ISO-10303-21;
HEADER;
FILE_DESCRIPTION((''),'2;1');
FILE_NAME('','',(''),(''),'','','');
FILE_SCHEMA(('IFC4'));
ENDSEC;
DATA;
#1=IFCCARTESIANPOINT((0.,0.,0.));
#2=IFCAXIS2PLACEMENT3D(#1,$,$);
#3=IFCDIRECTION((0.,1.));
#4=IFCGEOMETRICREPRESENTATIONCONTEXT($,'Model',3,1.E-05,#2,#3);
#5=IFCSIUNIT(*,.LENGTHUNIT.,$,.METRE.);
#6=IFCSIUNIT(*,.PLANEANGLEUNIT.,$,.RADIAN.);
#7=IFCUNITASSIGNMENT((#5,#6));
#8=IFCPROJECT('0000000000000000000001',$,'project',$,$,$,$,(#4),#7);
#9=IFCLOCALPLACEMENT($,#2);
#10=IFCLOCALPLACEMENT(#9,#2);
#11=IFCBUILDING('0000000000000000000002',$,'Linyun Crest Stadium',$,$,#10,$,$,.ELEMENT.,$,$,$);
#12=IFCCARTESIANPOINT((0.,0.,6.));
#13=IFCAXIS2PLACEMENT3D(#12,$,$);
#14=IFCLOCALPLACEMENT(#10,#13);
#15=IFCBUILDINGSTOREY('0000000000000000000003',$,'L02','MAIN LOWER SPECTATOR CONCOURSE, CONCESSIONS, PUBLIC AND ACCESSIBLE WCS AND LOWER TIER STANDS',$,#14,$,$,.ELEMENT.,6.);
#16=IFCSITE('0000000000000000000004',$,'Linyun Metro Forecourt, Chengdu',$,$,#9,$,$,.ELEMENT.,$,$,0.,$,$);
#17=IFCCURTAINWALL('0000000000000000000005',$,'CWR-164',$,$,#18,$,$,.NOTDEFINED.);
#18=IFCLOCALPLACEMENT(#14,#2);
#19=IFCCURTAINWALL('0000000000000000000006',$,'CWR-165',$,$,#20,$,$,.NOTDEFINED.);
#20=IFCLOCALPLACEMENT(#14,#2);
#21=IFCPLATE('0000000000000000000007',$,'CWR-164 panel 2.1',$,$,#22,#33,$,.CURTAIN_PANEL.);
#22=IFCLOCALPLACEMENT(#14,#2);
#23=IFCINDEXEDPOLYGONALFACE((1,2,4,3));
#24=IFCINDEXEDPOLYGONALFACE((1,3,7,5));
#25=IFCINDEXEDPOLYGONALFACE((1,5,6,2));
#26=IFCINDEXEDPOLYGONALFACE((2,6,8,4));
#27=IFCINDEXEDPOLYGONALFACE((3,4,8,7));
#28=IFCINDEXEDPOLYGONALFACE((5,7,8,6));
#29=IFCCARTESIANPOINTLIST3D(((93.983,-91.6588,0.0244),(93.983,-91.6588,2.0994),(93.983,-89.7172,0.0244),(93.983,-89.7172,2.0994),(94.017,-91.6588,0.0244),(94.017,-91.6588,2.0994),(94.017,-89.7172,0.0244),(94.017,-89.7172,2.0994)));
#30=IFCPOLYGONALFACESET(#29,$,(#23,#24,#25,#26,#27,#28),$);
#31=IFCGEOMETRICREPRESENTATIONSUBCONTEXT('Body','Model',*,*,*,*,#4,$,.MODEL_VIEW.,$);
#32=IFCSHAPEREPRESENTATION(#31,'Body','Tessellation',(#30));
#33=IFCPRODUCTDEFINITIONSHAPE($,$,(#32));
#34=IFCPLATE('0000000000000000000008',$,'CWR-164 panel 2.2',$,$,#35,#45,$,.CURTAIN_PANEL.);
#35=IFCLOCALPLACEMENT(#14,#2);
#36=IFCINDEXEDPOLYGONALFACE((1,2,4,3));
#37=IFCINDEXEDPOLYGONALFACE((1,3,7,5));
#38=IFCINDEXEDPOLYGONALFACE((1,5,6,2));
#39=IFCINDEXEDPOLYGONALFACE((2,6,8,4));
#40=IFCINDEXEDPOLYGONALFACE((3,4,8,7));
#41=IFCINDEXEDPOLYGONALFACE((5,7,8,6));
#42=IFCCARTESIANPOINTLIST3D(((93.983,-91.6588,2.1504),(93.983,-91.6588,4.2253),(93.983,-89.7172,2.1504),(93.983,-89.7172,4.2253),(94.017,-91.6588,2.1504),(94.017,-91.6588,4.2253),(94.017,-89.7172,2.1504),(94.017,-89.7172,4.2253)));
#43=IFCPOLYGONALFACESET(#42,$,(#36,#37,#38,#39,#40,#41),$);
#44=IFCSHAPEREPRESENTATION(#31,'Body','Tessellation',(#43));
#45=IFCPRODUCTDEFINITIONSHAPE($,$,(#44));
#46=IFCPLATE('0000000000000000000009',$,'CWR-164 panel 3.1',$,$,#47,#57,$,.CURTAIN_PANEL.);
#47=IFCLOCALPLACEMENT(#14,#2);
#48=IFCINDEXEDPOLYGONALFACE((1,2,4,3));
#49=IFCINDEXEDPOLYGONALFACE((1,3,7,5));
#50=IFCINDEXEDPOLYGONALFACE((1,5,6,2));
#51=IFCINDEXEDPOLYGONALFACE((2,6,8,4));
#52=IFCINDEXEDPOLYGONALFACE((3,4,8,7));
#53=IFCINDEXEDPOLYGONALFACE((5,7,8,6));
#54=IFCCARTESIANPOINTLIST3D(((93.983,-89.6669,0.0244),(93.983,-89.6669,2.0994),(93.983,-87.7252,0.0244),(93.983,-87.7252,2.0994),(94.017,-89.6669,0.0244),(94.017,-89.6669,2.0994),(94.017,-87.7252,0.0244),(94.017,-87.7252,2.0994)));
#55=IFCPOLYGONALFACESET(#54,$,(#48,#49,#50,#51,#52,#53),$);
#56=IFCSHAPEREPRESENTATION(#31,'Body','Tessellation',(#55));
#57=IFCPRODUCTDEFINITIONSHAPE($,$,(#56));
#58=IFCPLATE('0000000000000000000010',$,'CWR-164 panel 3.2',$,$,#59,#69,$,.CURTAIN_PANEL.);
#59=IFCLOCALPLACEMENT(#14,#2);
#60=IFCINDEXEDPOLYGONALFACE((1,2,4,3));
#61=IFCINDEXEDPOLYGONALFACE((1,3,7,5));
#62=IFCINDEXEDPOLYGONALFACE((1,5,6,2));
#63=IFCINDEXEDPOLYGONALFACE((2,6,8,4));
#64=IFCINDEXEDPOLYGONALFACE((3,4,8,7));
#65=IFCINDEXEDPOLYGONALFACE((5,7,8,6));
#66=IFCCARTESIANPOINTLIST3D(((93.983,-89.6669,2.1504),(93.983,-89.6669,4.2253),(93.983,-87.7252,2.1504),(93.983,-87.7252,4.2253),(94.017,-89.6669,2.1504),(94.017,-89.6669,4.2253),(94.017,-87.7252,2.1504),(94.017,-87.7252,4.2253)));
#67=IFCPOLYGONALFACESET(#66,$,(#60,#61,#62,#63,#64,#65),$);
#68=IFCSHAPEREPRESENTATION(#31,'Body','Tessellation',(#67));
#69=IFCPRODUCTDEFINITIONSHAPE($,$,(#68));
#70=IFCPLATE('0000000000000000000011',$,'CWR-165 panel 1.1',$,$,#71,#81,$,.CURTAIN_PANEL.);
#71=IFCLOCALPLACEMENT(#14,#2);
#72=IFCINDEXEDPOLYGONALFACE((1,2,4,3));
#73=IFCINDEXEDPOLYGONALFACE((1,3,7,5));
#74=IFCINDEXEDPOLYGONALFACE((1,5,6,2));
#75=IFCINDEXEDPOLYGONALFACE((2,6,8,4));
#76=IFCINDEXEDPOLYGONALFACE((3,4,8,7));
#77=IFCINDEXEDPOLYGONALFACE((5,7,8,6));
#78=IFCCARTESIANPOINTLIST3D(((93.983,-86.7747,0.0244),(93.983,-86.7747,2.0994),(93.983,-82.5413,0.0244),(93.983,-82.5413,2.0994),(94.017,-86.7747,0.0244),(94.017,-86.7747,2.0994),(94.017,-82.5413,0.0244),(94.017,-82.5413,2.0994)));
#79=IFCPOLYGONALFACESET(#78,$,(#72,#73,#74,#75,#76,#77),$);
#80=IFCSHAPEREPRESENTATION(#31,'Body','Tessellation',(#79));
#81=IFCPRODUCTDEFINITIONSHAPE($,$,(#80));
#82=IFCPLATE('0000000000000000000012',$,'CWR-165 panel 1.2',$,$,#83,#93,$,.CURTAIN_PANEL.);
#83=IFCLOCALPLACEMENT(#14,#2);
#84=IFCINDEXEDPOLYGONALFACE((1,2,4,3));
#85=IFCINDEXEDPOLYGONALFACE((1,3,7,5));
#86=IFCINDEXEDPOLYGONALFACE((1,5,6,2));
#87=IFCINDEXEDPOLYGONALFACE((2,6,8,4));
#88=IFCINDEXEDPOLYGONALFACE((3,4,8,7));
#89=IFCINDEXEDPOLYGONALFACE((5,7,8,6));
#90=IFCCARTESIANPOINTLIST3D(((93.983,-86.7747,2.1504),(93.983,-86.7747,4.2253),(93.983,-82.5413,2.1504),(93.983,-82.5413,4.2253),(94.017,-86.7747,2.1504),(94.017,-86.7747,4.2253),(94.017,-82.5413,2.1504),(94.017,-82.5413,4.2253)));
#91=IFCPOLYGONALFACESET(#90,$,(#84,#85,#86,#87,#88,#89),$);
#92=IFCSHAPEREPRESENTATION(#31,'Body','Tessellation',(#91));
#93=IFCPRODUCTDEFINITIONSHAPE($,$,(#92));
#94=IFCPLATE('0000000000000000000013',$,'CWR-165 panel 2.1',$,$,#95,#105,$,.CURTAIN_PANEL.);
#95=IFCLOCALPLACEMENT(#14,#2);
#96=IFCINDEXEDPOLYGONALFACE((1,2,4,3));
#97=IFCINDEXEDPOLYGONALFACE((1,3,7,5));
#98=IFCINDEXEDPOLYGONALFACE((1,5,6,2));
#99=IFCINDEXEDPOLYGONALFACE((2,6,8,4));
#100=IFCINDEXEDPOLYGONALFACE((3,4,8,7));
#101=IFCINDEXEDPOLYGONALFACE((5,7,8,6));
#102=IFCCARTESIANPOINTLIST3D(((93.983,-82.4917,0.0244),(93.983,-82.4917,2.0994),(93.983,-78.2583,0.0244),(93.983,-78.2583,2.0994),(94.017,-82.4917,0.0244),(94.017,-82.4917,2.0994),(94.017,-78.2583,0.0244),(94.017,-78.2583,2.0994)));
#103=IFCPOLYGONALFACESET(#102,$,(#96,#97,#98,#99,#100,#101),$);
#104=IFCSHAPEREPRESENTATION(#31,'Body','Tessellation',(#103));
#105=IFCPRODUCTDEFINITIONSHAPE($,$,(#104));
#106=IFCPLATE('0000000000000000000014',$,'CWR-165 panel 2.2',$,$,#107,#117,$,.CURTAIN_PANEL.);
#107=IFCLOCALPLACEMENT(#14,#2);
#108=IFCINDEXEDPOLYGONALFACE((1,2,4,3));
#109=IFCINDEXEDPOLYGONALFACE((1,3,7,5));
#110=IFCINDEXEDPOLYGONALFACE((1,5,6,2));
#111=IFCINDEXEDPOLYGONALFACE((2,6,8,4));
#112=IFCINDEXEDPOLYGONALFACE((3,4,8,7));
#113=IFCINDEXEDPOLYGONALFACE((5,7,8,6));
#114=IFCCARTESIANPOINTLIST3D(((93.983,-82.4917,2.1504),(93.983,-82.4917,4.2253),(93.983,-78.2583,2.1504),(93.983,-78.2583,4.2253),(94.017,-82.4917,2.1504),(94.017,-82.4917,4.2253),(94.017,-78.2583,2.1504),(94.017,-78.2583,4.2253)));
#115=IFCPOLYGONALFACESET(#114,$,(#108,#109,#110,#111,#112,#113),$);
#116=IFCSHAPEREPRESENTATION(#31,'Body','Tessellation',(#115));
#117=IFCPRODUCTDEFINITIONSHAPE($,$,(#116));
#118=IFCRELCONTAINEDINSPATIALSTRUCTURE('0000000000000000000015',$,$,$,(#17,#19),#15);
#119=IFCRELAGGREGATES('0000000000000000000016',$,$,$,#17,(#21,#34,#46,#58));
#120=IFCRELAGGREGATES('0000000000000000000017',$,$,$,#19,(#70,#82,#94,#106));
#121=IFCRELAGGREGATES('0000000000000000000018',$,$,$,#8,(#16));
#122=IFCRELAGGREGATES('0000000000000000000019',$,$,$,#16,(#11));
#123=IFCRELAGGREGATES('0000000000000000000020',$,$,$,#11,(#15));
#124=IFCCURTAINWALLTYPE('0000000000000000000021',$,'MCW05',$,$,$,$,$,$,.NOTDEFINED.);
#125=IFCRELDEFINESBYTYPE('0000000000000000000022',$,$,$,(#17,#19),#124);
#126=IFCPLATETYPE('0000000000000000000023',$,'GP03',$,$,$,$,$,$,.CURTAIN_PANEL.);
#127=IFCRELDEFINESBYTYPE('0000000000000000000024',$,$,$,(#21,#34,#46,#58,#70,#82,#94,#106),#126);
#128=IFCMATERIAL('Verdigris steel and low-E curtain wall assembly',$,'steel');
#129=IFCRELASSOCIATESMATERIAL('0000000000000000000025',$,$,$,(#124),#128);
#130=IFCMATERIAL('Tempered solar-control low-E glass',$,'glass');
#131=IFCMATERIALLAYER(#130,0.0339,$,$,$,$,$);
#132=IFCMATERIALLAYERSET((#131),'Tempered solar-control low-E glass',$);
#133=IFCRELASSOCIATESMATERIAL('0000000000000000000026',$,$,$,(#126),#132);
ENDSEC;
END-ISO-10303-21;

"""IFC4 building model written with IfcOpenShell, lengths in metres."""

from ifc_helpers import new_model, si_unit, direction, frame, origin, origin_2d, place, context, subcontext, project, spatial, rectangle, extrude, material, layer, layer_set, type_object, element, aggregate, save


model = new_model("IFC4")

# Units and contexts
model_context = context("Model", 3, precision=1e-05, world=origin(), true_north=direction((0.0, 1.0)))
body_context = subcontext(model_context, "Body", "Model", "MODEL_VIEW")
ifc_project = project(units=[si_unit("LENGTHUNIT", "METRE"), si_unit("PLANEANGLEUNIT", "RADIAN")], contexts=[model_context])

# Site, building, storey
site_placement = place(None, origin())
site = spatial("IfcSite", under=ifc_project, at=site_placement, Name="Linyun Metro Forecourt, Chengdu", CompositionType="ELEMENT", RefElevation=0.0)
building_placement = place(site_placement, origin())
building = spatial("IfcBuilding", under=site, at=building_placement, Name="Linyun Crest Stadium", CompositionType="ELEMENT")
storey_placement = place(building_placement, frame((0.0, 0.0, 6.0)))
storey = spatial("IfcBuildingStorey", under=building, at=storey_placement, Name="L02", Description="MAIN LOWER SPECTATOR CONCOURSE, CONCESSIONS, PUBLIC AND ACCESSIBLE WCS AND LOWER TIER STANDS", CompositionType="ELEMENT", Elevation=6.0)

# Curtain walls
ifc_material_1 = material(Name="Verdigris steel and low-E curtain wall assembly", Category="steel")
curtain_wall_type = type_object("IfcCurtainWallType", Name="MCW05", PredefinedType="NOTDEFINED", material=ifc_material_1)
curtain_wall_1_placement = place(storey_placement, origin())
curtain_wall_1 = element("IfcCurtainWall", 1, at=curtain_wall_1_placement, inside=storey, type_object=curtain_wall_type, Name="CWR-164", PredefinedType="NOTDEFINED")
curtain_wall_2_placement = place(storey_placement, origin())
curtain_wall_2 = element("IfcCurtainWall", 2, at=curtain_wall_2_placement, inside=storey, type_object=curtain_wall_type, Name="CWR-165", PredefinedType="NOTDEFINED")

# Plates
ifc_material_2 = material(Name="Tempered solar-control low-E glass", Category="glass")
ifc_layer = layer(ifc_material_2, 0.0339)
ifc_layer_set = layer_set([ifc_layer], Name="Tempered solar-control low-E glass")
plate_type = type_object("IfcPlateType", Name="GP03", PredefinedType="CURTAIN_PANEL", material=ifc_layer_set)
plate_1_placement = place(storey_placement, frame((94.0, -90.688, 0.0244), z_axis=(0.0, 0.0, 1.0), x_axis=(0.0, 1.0, 0.0)))
plate_1 = element("IfcPlate", 3, at=plate_1_placement, type_object=plate_type, Name="CWR-164 panel 2.1", PredefinedType="CURTAIN_PANEL", context=body_context, shape_type="SweptSolid", body=[
    extrude(rectangle(XDim=1.9417, YDim=0.0339, at=origin_2d()), origin(), (0.0, 0.0, 1.0), 2.075),
])
plate_2_placement = place(storey_placement, frame((94.0, -90.688, 2.1504), z_axis=(0.0, 0.0, 1.0), x_axis=(0.0, 1.0, 0.0)))
plate_2 = element("IfcPlate", 4, at=plate_2_placement, type_object=plate_type, Name="CWR-164 panel 2.2", PredefinedType="CURTAIN_PANEL", context=body_context, shape_type="SweptSolid", body=[
    extrude(rectangle(XDim=1.9417, YDim=0.0339, at=origin_2d()), origin(), (0.0, 0.0, 1.0), 2.075),
])
plate_3_placement = place(storey_placement, frame((94.0, -88.696, 0.0244), z_axis=(0.0, 0.0, 1.0), x_axis=(0.0, 1.0, 0.0)))
plate_3 = element("IfcPlate", 5, at=plate_3_placement, type_object=plate_type, Name="CWR-164 panel 3.1", PredefinedType="CURTAIN_PANEL", context=body_context, shape_type="SweptSolid", body=[
    extrude(rectangle(XDim=1.9417, YDim=0.0339, at=origin_2d()), origin(), (0.0, 0.0, 1.0), 2.075),
])
plate_4_placement = place(storey_placement, frame((94.0, -88.696, 2.1504), z_axis=(0.0, 0.0, 1.0), x_axis=(0.0, 1.0, 0.0)))
plate_4 = element("IfcPlate", 6, at=plate_4_placement, type_object=plate_type, Name="CWR-164 panel 3.2", PredefinedType="CURTAIN_PANEL", context=body_context, shape_type="SweptSolid", body=[
    extrude(rectangle(XDim=1.9417, YDim=0.0339, at=origin_2d()), origin(), (0.0, 0.0, 1.0), 2.075),
])
aggregate(curtain_wall_1, [plate_1, plate_2, plate_3, plate_4])
plate_5_placement = place(storey_placement, frame((94.0, -84.658, 0.0244), z_axis=(0.0, 0.0, 1.0), x_axis=(0.0, 1.0, 0.0)))
plate_5 = element("IfcPlate", 7, at=plate_5_placement, type_object=plate_type, Name="CWR-165 panel 1.1", PredefinedType="CURTAIN_PANEL", context=body_context, shape_type="SweptSolid", body=[
    extrude(rectangle(XDim=4.2334, YDim=0.0339, at=origin_2d()), origin(), (0.0, 0.0, 1.0), 2.075),
])
plate_6_placement = place(storey_placement, frame((94.0, -84.658, 2.1504), z_axis=(0.0, 0.0, 1.0), x_axis=(0.0, 1.0, 0.0)))
plate_6 = element("IfcPlate", 8, at=plate_6_placement, type_object=plate_type, Name="CWR-165 panel 1.2", PredefinedType="CURTAIN_PANEL", context=body_context, shape_type="SweptSolid", body=[
    extrude(rectangle(XDim=4.2334, YDim=0.0339, at=origin_2d()), origin(), (0.0, 0.0, 1.0), 2.075),
])
plate_7_placement = place(storey_placement, frame((94.0, -80.375, 0.0244), z_axis=(0.0, 0.0, 1.0), x_axis=(0.0, 1.0, 0.0)))
plate_7 = element("IfcPlate", 9, at=plate_7_placement, type_object=plate_type, Name="CWR-165 panel 2.1", PredefinedType="CURTAIN_PANEL", context=body_context, shape_type="SweptSolid", body=[
    extrude(rectangle(XDim=4.2334, YDim=0.0339, at=origin_2d()), origin(), (0.0, 0.0, 1.0), 2.075),
])
plate_8_placement = place(storey_placement, frame((94.0, -80.375, 2.1504), z_axis=(0.0, 0.0, 1.0), x_axis=(0.0, 1.0, 0.0)))
plate_8 = element("IfcPlate", 10, at=plate_8_placement, type_object=plate_type, Name="CWR-165 panel 2.2", PredefinedType="CURTAIN_PANEL", context=body_context, shape_type="SweptSolid", body=[
    extrude(rectangle(XDim=4.2334, YDim=0.0339, at=origin_2d()), origin(), (0.0, 0.0, 1.0), 2.075),
])
aggregate(curtain_wall_2, [plate_5, plate_6, plate_7, plate_8])

save(model, "model.ifc")
